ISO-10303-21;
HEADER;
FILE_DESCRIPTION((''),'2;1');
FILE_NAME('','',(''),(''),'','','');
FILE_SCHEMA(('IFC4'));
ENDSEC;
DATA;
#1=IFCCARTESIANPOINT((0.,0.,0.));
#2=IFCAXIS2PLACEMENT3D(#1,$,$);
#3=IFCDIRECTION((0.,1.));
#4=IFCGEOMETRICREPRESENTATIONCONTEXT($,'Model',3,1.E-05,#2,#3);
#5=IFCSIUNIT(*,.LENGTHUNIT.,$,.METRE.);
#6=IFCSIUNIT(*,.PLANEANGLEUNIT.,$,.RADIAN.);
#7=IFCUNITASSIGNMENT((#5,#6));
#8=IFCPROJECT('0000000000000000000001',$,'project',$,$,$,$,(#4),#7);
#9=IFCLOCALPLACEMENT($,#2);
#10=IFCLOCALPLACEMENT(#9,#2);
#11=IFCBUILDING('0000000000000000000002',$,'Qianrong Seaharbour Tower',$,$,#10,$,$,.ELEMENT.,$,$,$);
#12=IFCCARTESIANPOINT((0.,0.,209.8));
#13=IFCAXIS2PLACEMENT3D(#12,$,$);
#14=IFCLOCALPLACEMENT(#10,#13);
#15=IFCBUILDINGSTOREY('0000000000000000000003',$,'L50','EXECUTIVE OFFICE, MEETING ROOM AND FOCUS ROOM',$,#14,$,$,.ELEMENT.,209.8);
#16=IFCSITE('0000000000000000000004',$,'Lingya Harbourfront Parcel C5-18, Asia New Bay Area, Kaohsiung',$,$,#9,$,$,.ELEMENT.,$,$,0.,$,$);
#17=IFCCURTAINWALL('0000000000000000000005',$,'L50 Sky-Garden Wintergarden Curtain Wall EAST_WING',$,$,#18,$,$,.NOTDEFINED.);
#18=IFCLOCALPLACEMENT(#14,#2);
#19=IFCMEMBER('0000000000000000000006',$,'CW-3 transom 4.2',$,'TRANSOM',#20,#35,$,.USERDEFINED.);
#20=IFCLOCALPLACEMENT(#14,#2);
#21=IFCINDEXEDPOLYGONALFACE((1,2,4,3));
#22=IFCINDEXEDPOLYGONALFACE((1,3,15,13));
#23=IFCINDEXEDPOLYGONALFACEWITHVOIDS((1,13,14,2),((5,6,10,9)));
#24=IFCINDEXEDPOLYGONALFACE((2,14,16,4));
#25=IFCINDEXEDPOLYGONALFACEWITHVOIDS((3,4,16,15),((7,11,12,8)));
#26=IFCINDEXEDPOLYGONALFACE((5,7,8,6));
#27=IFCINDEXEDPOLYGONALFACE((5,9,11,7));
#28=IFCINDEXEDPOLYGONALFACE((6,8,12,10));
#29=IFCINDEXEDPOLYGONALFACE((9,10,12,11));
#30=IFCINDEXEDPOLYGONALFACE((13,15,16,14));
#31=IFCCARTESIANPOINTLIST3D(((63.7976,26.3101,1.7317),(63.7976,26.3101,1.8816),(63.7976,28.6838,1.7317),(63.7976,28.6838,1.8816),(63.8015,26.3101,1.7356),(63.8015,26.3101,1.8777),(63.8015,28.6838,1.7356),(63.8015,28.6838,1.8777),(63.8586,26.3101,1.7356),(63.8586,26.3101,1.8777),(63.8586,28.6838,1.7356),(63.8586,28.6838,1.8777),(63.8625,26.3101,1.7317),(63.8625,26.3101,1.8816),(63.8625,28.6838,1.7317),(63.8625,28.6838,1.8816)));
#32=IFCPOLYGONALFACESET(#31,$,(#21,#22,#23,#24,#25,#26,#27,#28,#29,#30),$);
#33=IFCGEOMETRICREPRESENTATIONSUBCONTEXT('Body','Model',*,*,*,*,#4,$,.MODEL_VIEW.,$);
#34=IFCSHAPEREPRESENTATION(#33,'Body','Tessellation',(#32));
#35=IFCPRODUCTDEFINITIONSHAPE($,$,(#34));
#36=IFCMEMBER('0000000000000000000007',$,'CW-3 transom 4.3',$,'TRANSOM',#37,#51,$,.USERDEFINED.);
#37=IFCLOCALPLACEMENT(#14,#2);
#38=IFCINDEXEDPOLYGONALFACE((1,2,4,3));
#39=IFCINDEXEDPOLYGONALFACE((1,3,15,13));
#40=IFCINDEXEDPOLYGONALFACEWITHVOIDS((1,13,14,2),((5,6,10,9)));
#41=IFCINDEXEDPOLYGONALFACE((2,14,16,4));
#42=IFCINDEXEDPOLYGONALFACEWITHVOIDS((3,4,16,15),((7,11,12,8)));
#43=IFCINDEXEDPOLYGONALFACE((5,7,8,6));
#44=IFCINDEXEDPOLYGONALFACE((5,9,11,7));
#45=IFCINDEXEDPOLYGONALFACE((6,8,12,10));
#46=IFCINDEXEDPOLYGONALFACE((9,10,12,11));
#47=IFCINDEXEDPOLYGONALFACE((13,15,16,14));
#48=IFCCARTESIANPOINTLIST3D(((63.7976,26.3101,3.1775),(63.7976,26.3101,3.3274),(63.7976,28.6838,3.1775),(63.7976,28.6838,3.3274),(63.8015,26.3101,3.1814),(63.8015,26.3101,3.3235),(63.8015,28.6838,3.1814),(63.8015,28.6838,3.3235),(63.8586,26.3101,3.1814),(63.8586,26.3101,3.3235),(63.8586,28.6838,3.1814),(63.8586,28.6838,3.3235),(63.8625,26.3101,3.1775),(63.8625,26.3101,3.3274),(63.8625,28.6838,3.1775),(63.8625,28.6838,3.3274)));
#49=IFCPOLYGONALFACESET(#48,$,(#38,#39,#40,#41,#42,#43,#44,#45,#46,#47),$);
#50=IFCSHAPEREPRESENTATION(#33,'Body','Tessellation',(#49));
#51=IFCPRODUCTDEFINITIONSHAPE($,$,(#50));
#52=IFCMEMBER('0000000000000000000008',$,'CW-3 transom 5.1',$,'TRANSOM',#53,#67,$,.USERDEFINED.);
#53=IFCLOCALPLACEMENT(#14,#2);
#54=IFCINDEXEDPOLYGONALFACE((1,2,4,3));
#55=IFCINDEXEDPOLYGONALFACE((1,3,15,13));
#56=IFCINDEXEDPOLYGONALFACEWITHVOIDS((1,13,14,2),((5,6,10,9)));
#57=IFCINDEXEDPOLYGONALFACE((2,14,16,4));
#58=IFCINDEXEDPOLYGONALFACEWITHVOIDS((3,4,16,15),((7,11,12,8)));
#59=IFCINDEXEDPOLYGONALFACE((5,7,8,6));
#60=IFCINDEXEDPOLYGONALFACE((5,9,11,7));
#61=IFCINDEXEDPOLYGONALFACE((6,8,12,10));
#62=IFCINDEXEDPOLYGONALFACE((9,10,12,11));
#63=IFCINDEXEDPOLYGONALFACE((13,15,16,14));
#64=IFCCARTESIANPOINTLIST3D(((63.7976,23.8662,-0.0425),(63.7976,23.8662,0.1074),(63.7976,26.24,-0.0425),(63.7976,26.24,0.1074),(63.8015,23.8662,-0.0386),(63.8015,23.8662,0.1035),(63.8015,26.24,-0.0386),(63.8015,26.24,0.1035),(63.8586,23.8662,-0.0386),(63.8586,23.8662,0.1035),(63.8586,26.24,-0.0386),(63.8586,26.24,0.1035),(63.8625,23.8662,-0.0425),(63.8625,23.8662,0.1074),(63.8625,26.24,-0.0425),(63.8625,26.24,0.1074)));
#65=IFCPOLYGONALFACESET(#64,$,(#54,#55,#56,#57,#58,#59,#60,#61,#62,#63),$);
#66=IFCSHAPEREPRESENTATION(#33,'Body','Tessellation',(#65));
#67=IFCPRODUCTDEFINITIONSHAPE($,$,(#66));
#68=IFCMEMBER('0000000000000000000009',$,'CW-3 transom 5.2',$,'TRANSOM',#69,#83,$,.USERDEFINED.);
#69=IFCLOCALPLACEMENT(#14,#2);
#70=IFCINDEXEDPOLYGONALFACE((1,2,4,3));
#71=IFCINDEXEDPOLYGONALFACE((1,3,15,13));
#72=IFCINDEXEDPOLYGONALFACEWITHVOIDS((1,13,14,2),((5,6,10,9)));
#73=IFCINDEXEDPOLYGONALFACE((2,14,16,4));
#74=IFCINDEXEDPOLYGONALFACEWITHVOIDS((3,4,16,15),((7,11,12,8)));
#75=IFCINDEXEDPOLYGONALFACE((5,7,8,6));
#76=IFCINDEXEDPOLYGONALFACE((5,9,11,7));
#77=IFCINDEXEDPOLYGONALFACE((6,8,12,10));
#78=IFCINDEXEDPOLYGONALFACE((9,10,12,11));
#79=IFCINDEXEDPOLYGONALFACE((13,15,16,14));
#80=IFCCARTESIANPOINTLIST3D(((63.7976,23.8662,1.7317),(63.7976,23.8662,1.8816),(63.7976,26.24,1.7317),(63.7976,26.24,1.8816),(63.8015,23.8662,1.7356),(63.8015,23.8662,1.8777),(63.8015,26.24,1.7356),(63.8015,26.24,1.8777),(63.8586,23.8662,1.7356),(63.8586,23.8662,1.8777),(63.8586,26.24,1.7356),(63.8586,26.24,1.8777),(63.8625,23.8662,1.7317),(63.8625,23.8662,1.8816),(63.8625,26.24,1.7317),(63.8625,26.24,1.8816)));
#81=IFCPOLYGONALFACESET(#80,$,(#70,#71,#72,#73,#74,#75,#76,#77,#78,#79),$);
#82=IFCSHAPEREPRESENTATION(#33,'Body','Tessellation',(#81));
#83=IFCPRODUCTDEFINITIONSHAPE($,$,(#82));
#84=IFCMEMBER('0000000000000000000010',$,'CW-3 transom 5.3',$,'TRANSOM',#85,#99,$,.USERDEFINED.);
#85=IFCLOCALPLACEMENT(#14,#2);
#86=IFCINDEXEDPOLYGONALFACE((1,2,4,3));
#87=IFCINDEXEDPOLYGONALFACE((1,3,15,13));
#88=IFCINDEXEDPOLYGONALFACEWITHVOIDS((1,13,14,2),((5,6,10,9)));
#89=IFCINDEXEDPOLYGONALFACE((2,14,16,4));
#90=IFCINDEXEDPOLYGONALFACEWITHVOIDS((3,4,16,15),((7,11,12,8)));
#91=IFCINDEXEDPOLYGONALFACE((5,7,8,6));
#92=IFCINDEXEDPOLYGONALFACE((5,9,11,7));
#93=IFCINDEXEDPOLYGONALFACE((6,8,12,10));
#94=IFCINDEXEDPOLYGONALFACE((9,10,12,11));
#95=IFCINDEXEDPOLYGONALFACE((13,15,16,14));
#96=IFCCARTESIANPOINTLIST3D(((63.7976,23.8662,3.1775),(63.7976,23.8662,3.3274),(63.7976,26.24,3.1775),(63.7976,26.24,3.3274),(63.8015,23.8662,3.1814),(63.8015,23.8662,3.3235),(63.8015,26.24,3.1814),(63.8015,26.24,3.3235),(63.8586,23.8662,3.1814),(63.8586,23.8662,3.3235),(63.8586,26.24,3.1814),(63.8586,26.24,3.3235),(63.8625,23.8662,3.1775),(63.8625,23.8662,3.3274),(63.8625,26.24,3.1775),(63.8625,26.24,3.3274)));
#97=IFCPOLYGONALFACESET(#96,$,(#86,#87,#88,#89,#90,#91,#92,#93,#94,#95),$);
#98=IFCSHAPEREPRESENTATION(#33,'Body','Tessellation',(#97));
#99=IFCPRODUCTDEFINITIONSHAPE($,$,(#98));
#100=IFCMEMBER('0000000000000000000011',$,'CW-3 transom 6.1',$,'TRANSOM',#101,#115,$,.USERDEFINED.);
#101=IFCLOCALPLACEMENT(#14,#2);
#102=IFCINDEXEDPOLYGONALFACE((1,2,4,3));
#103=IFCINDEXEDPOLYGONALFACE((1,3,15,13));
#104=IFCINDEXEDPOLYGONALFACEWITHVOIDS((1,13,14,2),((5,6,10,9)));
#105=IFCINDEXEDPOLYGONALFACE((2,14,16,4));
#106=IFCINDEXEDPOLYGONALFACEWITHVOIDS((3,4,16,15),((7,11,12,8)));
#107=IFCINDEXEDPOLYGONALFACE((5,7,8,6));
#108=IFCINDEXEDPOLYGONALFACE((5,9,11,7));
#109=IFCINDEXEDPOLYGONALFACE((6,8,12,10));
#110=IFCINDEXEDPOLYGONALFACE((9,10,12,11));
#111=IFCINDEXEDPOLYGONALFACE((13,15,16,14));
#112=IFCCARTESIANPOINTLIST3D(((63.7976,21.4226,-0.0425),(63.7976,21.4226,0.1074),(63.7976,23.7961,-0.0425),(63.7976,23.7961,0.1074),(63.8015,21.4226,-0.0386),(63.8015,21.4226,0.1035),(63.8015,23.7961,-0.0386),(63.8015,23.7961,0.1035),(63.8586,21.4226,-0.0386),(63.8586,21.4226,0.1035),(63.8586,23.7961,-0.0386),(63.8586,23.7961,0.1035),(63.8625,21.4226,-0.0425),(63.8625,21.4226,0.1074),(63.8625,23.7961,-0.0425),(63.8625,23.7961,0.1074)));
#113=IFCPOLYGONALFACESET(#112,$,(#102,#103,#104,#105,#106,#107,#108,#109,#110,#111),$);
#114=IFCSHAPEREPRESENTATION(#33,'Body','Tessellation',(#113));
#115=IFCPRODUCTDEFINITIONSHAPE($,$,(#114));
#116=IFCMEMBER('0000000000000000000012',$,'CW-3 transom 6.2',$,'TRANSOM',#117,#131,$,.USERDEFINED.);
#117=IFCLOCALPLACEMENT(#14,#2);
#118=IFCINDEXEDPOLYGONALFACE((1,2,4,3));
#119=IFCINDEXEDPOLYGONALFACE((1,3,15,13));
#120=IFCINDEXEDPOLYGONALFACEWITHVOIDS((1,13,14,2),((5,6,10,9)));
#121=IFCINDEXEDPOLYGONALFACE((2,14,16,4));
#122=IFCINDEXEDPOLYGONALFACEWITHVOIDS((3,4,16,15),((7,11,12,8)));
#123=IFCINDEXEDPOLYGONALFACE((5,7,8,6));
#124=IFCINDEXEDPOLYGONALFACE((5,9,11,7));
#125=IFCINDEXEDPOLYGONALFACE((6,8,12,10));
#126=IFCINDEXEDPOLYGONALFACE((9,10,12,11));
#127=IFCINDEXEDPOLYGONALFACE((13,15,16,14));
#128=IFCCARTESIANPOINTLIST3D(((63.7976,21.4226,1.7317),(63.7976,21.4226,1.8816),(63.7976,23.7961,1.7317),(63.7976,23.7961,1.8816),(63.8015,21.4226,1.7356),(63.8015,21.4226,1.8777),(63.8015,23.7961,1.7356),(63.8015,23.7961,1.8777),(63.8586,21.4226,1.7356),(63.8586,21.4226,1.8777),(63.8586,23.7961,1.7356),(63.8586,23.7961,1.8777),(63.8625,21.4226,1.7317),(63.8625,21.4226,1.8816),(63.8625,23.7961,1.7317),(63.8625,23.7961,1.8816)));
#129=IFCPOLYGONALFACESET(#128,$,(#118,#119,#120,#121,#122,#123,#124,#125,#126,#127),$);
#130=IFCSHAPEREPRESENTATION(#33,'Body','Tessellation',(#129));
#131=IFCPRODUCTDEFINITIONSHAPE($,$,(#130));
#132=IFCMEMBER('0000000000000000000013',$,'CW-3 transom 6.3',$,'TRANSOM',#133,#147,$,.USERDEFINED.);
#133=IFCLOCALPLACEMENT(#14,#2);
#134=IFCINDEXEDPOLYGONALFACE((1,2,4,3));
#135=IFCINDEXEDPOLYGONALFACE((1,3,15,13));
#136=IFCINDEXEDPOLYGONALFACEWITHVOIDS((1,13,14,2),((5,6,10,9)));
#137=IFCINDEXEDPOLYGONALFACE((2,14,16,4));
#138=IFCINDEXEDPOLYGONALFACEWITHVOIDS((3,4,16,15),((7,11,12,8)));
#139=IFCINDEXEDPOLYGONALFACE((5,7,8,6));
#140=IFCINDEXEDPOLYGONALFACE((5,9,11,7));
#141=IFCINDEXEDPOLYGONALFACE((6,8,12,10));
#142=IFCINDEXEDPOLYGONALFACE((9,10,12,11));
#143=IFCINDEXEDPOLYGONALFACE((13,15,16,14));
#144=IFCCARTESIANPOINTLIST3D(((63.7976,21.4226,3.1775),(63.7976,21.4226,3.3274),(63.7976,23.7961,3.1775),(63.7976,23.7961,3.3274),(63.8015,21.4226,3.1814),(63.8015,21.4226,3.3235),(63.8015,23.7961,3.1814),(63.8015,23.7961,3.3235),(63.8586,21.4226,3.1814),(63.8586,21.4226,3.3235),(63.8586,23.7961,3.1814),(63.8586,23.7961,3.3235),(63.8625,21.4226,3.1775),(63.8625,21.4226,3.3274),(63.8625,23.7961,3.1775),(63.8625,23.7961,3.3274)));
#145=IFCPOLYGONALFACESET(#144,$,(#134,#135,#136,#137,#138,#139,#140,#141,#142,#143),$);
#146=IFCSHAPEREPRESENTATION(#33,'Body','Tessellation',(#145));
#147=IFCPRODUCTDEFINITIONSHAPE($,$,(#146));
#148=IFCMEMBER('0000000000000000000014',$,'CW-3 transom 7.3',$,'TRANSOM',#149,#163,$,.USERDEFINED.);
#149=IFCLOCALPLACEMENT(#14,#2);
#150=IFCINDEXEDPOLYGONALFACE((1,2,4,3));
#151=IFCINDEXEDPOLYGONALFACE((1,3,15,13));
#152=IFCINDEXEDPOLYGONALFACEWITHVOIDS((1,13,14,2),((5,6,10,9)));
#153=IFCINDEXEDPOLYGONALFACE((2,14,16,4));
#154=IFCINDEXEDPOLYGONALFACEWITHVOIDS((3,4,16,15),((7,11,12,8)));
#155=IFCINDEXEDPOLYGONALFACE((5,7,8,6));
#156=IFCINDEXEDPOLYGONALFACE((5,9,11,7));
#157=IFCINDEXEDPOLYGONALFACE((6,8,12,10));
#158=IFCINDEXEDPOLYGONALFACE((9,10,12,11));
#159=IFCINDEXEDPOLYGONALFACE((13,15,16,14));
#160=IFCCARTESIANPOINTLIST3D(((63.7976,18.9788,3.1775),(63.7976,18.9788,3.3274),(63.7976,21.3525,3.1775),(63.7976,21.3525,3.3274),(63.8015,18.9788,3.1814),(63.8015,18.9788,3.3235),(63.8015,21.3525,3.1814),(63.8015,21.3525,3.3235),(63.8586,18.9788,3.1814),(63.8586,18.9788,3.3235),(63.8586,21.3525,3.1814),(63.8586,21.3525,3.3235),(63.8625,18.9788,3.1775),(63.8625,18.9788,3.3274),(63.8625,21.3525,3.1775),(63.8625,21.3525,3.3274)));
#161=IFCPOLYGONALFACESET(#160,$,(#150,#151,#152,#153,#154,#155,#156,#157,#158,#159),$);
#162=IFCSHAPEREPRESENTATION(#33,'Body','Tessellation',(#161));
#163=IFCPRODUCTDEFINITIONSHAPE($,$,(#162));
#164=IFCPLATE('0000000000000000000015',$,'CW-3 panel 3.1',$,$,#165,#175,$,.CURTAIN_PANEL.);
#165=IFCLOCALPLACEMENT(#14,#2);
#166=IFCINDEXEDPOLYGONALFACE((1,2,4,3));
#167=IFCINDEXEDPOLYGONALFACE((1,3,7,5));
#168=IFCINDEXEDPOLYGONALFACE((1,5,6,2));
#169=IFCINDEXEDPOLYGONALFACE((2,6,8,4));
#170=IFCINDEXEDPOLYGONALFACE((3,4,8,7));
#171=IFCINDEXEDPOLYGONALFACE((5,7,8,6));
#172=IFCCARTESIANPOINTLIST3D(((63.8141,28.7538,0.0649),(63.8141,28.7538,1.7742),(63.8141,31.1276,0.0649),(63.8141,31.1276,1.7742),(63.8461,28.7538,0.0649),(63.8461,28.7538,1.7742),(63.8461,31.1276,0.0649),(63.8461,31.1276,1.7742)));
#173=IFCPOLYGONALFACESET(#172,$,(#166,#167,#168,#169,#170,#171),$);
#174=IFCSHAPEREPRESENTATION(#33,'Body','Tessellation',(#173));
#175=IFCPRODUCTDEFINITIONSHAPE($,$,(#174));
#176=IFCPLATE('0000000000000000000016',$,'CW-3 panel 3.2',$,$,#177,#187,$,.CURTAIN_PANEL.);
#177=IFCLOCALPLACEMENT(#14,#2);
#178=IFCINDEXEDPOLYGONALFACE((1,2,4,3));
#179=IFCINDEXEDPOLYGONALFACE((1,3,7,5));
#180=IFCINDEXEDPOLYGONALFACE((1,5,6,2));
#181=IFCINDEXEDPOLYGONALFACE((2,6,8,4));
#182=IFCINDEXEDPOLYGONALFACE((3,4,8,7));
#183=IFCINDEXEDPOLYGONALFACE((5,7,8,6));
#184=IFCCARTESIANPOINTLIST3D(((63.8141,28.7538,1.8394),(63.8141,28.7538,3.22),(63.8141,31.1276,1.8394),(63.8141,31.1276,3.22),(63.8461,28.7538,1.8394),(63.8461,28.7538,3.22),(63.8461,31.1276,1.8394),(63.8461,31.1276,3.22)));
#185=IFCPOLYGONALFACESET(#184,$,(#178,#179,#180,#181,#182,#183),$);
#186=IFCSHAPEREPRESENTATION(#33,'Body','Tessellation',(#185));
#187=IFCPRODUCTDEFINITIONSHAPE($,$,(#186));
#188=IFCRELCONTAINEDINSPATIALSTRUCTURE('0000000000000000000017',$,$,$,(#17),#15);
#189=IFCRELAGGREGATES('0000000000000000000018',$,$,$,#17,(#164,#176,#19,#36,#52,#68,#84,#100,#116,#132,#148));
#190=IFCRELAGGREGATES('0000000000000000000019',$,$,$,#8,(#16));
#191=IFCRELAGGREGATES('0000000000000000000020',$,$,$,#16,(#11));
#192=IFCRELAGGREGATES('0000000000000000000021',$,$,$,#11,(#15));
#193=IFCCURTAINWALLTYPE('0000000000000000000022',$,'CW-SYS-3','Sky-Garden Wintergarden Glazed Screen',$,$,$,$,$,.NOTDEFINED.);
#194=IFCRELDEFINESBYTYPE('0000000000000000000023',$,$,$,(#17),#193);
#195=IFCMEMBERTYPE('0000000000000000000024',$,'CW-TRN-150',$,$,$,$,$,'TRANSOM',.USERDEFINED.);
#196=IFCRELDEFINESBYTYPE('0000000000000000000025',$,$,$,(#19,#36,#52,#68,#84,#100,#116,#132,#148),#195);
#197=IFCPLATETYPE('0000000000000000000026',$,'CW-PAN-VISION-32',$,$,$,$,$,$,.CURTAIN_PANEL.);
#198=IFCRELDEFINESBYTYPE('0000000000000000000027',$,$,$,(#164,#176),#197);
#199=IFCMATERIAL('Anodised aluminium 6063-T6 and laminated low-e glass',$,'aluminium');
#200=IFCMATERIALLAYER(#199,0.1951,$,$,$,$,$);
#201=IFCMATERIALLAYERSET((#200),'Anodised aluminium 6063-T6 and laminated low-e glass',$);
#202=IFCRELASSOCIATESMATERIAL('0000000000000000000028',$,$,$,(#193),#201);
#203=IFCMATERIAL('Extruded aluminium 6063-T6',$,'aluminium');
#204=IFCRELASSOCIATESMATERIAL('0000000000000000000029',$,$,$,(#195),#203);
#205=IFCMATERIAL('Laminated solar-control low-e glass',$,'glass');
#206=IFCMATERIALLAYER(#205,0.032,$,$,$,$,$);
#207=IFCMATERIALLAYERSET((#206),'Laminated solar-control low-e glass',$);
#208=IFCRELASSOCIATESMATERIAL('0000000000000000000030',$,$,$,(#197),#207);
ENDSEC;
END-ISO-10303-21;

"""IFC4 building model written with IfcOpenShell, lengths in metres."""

from ifc_helpers import new_model, si_unit, direction, frame, origin, origin_2d, place, context, subcontext, project, spatial, rectangle, hollow_rectangle, extrude, material, layer, layer_set, material_profile, profile_set, type_object, element, aggregate, save


model = new_model("IFC4")

# Units and contexts
model_context = context("Model", 3, precision=1e-05, world=origin(), true_north=direction((0.0, 1.0)))
body_context = subcontext(model_context, "Body", "Model", "MODEL_VIEW")
ifc_project = project(units=[si_unit("LENGTHUNIT", "METRE"), si_unit("PLANEANGLEUNIT", "RADIAN")], contexts=[model_context])

# Site, building, storey
site_placement = place(None, origin())
site = spatial("IfcSite", under=ifc_project, at=site_placement, Name="Lingya Harbourfront Parcel C5-18, Asia New Bay Area, Kaohsiung", CompositionType="ELEMENT", RefElevation=0.0)
building_placement = place(site_placement, origin())
building = spatial("IfcBuilding", under=site, at=building_placement, Name="Qianrong Seaharbour Tower", CompositionType="ELEMENT")
storey_placement = place(building_placement, frame((0.0, 0.0, 209.8)))
storey = spatial("IfcBuildingStorey", under=building, at=storey_placement, Name="L50", Description="EXECUTIVE OFFICE, MEETING ROOM AND FOCUS ROOM", CompositionType="ELEMENT", Elevation=209.8)

# Curtain wall, members, plates
ifc_material_1 = material(Name="Anodised aluminium 6063-T6 and laminated low-e glass", Category="aluminium")
ifc_layer_1 = layer(ifc_material_1, 0.1951)
ifc_layer_set_1 = layer_set([ifc_layer_1], Name="Anodised aluminium 6063-T6 and laminated low-e glass")
curtain_wall_type = type_object("IfcCurtainWallType", Name="CW-SYS-3", Description="Sky-Garden Wintergarden Glazed Screen", PredefinedType="NOTDEFINED", material=ifc_layer_set_1)
curtain_wall_placement = place(storey_placement, origin())
curtain_wall = element("IfcCurtainWall", 1, at=curtain_wall_placement, inside=storey, type_object=curtain_wall_type, Name="L50 Sky-Garden Wintergarden Curtain Wall EAST_WING", PredefinedType="NOTDEFINED")
ifc_material_2 = material(Name="Extruded aluminium 6063-T6", Category="aluminium")
ifc_material_profile_1 = material_profile(ifc_material_2, hollow_rectangle(XDim=0.0649, YDim=0.1499, WallThickness=0.0039, at=origin_2d()), Name="ALU-TRN-150x65x4")
ifc_profile_set_1 = profile_set([ifc_material_profile_1], Name="Extruded aluminium 6063-T6")
member_type_1 = type_object("IfcMemberType", Name="CW-TRN-150", ElementType="TRANSOM", PredefinedType="USERDEFINED", material=ifc_profile_set_1)
member_1_placement = place(storey_placement, frame((63.8301, 28.6838, 1.8066), z_axis=(0.0, -1.0, 0.0), x_axis=(1.0, 0.0, 0.0)))
member_1 = element("IfcMember", 2, at=member_1_placement, type_object=member_type_1, Name="CW-3 transom 4.2", ObjectType="TRANSOM", PredefinedType="USERDEFINED", context=body_context, shape_type="SweptSolid", body=[
    extrude(hollow_rectangle(XDim=0.0649, YDim=0.1499, WallThickness=0.0039, at=origin_2d()), origin(), (0.0, 0.0, 1.0), 2.3738),
])
member_2_placement = place(storey_placement, frame((63.8301, 28.6838, 3.2524), z_axis=(0.0, -1.0, 0.0), x_axis=(1.0, 0.0, 0.0)))
member_2 = element("IfcMember", 3, at=member_2_placement, type_object=member_type_1, Name="CW-3 transom 4.3", ObjectType="TRANSOM", PredefinedType="USERDEFINED", context=body_context, shape_type="SweptSolid", body=[
    extrude(hollow_rectangle(XDim=0.0649, YDim=0.1499, WallThickness=0.0039, at=origin_2d()), origin(), (0.0, 0.0, 1.0), 2.3738),
])
member_3_placement = place(storey_placement, frame((63.8301, 26.24, 0.0325), z_axis=(0.0, -1.0, 0.0), x_axis=(1.0, 0.0, 0.0)))
member_3 = element("IfcMember", 4, at=member_3_placement, type_object=member_type_1, Name="CW-3 transom 5.1", ObjectType="TRANSOM", PredefinedType="USERDEFINED", context=body_context, shape_type="SweptSolid", body=[
    extrude(hollow_rectangle(XDim=0.0649, YDim=0.1499, WallThickness=0.0039, at=origin_2d()), origin(), (0.0, 0.0, 1.0), 2.3738),
])
member_4_placement = place(storey_placement, frame((63.8301, 26.24, 1.8066), z_axis=(0.0, -1.0, 0.0), x_axis=(1.0, 0.0, 0.0)))
member_4 = element("IfcMember", 5, at=member_4_placement, type_object=member_type_1, Name="CW-3 transom 5.2", ObjectType="TRANSOM", PredefinedType="USERDEFINED", context=body_context, shape_type="SweptSolid", body=[
    extrude(hollow_rectangle(XDim=0.0649, YDim=0.1499, WallThickness=0.0039, at=origin_2d()), origin(), (0.0, 0.0, 1.0), 2.3738),
])
member_5_placement = place(storey_placement, frame((63.8301, 26.24, 3.2524), z_axis=(0.0, -1.0, 0.0), x_axis=(1.0, 0.0, 0.0)))
member_5 = element("IfcMember", 6, at=member_5_placement, type_object=member_type_1, Name="CW-3 transom 5.3", ObjectType="TRANSOM", PredefinedType="USERDEFINED", context=body_context, shape_type="SweptSolid", body=[
    extrude(hollow_rectangle(XDim=0.0649, YDim=0.1499, WallThickness=0.0039, at=origin_2d()), origin(), (0.0, 0.0, 1.0), 2.3738),
])
member_6_placement = place(storey_placement, frame((63.8301, 23.7961, 0.0325), z_axis=(0.0, -1.0, 0.0), x_axis=(1.0, 0.0, 0.0)))
member_6 = element("IfcMember", 7, at=member_6_placement, type_object=member_type_1, Name="CW-3 transom 6.1", ObjectType="TRANSOM", PredefinedType="USERDEFINED", context=body_context, shape_type="SweptSolid", body=[
    extrude(hollow_rectangle(XDim=0.0649, YDim=0.1499, WallThickness=0.0039, at=origin_2d()), origin(), (0.0, 0.0, 1.0), 2.3735),
])
member_7_placement = place(storey_placement, frame((63.8301, 23.7961, 1.8066), z_axis=(0.0, -1.0, 0.0), x_axis=(1.0, 0.0, 0.0)))
member_7 = element("IfcMember", 8, at=member_7_placement, type_object=member_type_1, Name="CW-3 transom 6.2", ObjectType="TRANSOM", PredefinedType="USERDEFINED", context=body_context, shape_type="SweptSolid", body=[
    extrude(hollow_rectangle(XDim=0.0649, YDim=0.1499, WallThickness=0.0039, at=origin_2d()), origin(), (0.0, 0.0, 1.0), 2.3735),
])
member_8_placement = place(storey_placement, frame((63.8301, 23.7961, 3.2524), z_axis=(0.0, -1.0, 0.0), x_axis=(1.0, 0.0, 0.0)))
member_8 = element("IfcMember", 9, at=member_8_placement, type_object=member_type_1, Name="CW-3 transom 6.3", ObjectType="TRANSOM", PredefinedType="USERDEFINED", context=body_context, shape_type="SweptSolid", body=[
    extrude(hollow_rectangle(XDim=0.0649, YDim=0.1499, WallThickness=0.0039, at=origin_2d()), origin(), (0.0, 0.0, 1.0), 2.3735),
])
member_9_placement = place(storey_placement, frame((63.8301, 21.3525, 3.2524), z_axis=(0.0, -1.0, 0.0), x_axis=(1.0, 0.0, 0.0)))
member_9 = element("IfcMember", 10, at=member_9_placement, type_object=member_type_1, Name="CW-3 transom 7.3", ObjectType="TRANSOM", PredefinedType="USERDEFINED", context=body_context, shape_type="SweptSolid", body=[
    extrude(hollow_rectangle(XDim=0.0649, YDim=0.1499, WallThickness=0.0039, at=origin_2d()), origin(), (0.0, 0.0, 1.0), 2.3738),
])
ifc_material_3 = material(Name="Laminated solar-control low-e glass", Category="glass")
ifc_layer_2 = layer(ifc_material_3, 0.032)
ifc_layer_set_2 = layer_set([ifc_layer_2], Name="Laminated solar-control low-e glass")
plate_type = type_object("IfcPlateType", Name="CW-PAN-VISION-32", PredefinedType="CURTAIN_PANEL", material=ifc_layer_set_2)
plate_1_placement = place(storey_placement, frame((63.8301, 29.9407, 0.0649), z_axis=(0.0, 0.0, 1.0), x_axis=(0.0, -1.0, 0.0)))
plate_1 = element("IfcPlate", 11, at=plate_1_placement, type_object=plate_type, Name="CW-3 panel 3.1", PredefinedType="CURTAIN_PANEL", context=body_context, shape_type="SweptSolid", body=[
    extrude(rectangle(XDim=2.3738, YDim=0.032, at=origin_2d()), origin(), (0.0, 0.0, 1.0), 1.7092),
])
plate_2_placement = place(storey_placement, frame((63.8301, 29.9407, 1.8394), z_axis=(0.0, 0.0, 1.0), x_axis=(0.0, -1.0, 0.0)))
plate_2 = element("IfcPlate", 12, at=plate_2_placement, type_object=plate_type, Name="CW-3 panel 3.2", PredefinedType="CURTAIN_PANEL", context=body_context, shape_type="SweptSolid", body=[
    extrude(rectangle(XDim=2.3738, YDim=0.032, at=origin_2d()), origin(), (0.0, 0.0, 1.0), 1.3806),
])
aggregate(curtain_wall, [plate_1, plate_2, member_1, member_2, member_3, member_4, member_5, member_6, member_7, member_8, member_9])

save(model, "model.ifc")
